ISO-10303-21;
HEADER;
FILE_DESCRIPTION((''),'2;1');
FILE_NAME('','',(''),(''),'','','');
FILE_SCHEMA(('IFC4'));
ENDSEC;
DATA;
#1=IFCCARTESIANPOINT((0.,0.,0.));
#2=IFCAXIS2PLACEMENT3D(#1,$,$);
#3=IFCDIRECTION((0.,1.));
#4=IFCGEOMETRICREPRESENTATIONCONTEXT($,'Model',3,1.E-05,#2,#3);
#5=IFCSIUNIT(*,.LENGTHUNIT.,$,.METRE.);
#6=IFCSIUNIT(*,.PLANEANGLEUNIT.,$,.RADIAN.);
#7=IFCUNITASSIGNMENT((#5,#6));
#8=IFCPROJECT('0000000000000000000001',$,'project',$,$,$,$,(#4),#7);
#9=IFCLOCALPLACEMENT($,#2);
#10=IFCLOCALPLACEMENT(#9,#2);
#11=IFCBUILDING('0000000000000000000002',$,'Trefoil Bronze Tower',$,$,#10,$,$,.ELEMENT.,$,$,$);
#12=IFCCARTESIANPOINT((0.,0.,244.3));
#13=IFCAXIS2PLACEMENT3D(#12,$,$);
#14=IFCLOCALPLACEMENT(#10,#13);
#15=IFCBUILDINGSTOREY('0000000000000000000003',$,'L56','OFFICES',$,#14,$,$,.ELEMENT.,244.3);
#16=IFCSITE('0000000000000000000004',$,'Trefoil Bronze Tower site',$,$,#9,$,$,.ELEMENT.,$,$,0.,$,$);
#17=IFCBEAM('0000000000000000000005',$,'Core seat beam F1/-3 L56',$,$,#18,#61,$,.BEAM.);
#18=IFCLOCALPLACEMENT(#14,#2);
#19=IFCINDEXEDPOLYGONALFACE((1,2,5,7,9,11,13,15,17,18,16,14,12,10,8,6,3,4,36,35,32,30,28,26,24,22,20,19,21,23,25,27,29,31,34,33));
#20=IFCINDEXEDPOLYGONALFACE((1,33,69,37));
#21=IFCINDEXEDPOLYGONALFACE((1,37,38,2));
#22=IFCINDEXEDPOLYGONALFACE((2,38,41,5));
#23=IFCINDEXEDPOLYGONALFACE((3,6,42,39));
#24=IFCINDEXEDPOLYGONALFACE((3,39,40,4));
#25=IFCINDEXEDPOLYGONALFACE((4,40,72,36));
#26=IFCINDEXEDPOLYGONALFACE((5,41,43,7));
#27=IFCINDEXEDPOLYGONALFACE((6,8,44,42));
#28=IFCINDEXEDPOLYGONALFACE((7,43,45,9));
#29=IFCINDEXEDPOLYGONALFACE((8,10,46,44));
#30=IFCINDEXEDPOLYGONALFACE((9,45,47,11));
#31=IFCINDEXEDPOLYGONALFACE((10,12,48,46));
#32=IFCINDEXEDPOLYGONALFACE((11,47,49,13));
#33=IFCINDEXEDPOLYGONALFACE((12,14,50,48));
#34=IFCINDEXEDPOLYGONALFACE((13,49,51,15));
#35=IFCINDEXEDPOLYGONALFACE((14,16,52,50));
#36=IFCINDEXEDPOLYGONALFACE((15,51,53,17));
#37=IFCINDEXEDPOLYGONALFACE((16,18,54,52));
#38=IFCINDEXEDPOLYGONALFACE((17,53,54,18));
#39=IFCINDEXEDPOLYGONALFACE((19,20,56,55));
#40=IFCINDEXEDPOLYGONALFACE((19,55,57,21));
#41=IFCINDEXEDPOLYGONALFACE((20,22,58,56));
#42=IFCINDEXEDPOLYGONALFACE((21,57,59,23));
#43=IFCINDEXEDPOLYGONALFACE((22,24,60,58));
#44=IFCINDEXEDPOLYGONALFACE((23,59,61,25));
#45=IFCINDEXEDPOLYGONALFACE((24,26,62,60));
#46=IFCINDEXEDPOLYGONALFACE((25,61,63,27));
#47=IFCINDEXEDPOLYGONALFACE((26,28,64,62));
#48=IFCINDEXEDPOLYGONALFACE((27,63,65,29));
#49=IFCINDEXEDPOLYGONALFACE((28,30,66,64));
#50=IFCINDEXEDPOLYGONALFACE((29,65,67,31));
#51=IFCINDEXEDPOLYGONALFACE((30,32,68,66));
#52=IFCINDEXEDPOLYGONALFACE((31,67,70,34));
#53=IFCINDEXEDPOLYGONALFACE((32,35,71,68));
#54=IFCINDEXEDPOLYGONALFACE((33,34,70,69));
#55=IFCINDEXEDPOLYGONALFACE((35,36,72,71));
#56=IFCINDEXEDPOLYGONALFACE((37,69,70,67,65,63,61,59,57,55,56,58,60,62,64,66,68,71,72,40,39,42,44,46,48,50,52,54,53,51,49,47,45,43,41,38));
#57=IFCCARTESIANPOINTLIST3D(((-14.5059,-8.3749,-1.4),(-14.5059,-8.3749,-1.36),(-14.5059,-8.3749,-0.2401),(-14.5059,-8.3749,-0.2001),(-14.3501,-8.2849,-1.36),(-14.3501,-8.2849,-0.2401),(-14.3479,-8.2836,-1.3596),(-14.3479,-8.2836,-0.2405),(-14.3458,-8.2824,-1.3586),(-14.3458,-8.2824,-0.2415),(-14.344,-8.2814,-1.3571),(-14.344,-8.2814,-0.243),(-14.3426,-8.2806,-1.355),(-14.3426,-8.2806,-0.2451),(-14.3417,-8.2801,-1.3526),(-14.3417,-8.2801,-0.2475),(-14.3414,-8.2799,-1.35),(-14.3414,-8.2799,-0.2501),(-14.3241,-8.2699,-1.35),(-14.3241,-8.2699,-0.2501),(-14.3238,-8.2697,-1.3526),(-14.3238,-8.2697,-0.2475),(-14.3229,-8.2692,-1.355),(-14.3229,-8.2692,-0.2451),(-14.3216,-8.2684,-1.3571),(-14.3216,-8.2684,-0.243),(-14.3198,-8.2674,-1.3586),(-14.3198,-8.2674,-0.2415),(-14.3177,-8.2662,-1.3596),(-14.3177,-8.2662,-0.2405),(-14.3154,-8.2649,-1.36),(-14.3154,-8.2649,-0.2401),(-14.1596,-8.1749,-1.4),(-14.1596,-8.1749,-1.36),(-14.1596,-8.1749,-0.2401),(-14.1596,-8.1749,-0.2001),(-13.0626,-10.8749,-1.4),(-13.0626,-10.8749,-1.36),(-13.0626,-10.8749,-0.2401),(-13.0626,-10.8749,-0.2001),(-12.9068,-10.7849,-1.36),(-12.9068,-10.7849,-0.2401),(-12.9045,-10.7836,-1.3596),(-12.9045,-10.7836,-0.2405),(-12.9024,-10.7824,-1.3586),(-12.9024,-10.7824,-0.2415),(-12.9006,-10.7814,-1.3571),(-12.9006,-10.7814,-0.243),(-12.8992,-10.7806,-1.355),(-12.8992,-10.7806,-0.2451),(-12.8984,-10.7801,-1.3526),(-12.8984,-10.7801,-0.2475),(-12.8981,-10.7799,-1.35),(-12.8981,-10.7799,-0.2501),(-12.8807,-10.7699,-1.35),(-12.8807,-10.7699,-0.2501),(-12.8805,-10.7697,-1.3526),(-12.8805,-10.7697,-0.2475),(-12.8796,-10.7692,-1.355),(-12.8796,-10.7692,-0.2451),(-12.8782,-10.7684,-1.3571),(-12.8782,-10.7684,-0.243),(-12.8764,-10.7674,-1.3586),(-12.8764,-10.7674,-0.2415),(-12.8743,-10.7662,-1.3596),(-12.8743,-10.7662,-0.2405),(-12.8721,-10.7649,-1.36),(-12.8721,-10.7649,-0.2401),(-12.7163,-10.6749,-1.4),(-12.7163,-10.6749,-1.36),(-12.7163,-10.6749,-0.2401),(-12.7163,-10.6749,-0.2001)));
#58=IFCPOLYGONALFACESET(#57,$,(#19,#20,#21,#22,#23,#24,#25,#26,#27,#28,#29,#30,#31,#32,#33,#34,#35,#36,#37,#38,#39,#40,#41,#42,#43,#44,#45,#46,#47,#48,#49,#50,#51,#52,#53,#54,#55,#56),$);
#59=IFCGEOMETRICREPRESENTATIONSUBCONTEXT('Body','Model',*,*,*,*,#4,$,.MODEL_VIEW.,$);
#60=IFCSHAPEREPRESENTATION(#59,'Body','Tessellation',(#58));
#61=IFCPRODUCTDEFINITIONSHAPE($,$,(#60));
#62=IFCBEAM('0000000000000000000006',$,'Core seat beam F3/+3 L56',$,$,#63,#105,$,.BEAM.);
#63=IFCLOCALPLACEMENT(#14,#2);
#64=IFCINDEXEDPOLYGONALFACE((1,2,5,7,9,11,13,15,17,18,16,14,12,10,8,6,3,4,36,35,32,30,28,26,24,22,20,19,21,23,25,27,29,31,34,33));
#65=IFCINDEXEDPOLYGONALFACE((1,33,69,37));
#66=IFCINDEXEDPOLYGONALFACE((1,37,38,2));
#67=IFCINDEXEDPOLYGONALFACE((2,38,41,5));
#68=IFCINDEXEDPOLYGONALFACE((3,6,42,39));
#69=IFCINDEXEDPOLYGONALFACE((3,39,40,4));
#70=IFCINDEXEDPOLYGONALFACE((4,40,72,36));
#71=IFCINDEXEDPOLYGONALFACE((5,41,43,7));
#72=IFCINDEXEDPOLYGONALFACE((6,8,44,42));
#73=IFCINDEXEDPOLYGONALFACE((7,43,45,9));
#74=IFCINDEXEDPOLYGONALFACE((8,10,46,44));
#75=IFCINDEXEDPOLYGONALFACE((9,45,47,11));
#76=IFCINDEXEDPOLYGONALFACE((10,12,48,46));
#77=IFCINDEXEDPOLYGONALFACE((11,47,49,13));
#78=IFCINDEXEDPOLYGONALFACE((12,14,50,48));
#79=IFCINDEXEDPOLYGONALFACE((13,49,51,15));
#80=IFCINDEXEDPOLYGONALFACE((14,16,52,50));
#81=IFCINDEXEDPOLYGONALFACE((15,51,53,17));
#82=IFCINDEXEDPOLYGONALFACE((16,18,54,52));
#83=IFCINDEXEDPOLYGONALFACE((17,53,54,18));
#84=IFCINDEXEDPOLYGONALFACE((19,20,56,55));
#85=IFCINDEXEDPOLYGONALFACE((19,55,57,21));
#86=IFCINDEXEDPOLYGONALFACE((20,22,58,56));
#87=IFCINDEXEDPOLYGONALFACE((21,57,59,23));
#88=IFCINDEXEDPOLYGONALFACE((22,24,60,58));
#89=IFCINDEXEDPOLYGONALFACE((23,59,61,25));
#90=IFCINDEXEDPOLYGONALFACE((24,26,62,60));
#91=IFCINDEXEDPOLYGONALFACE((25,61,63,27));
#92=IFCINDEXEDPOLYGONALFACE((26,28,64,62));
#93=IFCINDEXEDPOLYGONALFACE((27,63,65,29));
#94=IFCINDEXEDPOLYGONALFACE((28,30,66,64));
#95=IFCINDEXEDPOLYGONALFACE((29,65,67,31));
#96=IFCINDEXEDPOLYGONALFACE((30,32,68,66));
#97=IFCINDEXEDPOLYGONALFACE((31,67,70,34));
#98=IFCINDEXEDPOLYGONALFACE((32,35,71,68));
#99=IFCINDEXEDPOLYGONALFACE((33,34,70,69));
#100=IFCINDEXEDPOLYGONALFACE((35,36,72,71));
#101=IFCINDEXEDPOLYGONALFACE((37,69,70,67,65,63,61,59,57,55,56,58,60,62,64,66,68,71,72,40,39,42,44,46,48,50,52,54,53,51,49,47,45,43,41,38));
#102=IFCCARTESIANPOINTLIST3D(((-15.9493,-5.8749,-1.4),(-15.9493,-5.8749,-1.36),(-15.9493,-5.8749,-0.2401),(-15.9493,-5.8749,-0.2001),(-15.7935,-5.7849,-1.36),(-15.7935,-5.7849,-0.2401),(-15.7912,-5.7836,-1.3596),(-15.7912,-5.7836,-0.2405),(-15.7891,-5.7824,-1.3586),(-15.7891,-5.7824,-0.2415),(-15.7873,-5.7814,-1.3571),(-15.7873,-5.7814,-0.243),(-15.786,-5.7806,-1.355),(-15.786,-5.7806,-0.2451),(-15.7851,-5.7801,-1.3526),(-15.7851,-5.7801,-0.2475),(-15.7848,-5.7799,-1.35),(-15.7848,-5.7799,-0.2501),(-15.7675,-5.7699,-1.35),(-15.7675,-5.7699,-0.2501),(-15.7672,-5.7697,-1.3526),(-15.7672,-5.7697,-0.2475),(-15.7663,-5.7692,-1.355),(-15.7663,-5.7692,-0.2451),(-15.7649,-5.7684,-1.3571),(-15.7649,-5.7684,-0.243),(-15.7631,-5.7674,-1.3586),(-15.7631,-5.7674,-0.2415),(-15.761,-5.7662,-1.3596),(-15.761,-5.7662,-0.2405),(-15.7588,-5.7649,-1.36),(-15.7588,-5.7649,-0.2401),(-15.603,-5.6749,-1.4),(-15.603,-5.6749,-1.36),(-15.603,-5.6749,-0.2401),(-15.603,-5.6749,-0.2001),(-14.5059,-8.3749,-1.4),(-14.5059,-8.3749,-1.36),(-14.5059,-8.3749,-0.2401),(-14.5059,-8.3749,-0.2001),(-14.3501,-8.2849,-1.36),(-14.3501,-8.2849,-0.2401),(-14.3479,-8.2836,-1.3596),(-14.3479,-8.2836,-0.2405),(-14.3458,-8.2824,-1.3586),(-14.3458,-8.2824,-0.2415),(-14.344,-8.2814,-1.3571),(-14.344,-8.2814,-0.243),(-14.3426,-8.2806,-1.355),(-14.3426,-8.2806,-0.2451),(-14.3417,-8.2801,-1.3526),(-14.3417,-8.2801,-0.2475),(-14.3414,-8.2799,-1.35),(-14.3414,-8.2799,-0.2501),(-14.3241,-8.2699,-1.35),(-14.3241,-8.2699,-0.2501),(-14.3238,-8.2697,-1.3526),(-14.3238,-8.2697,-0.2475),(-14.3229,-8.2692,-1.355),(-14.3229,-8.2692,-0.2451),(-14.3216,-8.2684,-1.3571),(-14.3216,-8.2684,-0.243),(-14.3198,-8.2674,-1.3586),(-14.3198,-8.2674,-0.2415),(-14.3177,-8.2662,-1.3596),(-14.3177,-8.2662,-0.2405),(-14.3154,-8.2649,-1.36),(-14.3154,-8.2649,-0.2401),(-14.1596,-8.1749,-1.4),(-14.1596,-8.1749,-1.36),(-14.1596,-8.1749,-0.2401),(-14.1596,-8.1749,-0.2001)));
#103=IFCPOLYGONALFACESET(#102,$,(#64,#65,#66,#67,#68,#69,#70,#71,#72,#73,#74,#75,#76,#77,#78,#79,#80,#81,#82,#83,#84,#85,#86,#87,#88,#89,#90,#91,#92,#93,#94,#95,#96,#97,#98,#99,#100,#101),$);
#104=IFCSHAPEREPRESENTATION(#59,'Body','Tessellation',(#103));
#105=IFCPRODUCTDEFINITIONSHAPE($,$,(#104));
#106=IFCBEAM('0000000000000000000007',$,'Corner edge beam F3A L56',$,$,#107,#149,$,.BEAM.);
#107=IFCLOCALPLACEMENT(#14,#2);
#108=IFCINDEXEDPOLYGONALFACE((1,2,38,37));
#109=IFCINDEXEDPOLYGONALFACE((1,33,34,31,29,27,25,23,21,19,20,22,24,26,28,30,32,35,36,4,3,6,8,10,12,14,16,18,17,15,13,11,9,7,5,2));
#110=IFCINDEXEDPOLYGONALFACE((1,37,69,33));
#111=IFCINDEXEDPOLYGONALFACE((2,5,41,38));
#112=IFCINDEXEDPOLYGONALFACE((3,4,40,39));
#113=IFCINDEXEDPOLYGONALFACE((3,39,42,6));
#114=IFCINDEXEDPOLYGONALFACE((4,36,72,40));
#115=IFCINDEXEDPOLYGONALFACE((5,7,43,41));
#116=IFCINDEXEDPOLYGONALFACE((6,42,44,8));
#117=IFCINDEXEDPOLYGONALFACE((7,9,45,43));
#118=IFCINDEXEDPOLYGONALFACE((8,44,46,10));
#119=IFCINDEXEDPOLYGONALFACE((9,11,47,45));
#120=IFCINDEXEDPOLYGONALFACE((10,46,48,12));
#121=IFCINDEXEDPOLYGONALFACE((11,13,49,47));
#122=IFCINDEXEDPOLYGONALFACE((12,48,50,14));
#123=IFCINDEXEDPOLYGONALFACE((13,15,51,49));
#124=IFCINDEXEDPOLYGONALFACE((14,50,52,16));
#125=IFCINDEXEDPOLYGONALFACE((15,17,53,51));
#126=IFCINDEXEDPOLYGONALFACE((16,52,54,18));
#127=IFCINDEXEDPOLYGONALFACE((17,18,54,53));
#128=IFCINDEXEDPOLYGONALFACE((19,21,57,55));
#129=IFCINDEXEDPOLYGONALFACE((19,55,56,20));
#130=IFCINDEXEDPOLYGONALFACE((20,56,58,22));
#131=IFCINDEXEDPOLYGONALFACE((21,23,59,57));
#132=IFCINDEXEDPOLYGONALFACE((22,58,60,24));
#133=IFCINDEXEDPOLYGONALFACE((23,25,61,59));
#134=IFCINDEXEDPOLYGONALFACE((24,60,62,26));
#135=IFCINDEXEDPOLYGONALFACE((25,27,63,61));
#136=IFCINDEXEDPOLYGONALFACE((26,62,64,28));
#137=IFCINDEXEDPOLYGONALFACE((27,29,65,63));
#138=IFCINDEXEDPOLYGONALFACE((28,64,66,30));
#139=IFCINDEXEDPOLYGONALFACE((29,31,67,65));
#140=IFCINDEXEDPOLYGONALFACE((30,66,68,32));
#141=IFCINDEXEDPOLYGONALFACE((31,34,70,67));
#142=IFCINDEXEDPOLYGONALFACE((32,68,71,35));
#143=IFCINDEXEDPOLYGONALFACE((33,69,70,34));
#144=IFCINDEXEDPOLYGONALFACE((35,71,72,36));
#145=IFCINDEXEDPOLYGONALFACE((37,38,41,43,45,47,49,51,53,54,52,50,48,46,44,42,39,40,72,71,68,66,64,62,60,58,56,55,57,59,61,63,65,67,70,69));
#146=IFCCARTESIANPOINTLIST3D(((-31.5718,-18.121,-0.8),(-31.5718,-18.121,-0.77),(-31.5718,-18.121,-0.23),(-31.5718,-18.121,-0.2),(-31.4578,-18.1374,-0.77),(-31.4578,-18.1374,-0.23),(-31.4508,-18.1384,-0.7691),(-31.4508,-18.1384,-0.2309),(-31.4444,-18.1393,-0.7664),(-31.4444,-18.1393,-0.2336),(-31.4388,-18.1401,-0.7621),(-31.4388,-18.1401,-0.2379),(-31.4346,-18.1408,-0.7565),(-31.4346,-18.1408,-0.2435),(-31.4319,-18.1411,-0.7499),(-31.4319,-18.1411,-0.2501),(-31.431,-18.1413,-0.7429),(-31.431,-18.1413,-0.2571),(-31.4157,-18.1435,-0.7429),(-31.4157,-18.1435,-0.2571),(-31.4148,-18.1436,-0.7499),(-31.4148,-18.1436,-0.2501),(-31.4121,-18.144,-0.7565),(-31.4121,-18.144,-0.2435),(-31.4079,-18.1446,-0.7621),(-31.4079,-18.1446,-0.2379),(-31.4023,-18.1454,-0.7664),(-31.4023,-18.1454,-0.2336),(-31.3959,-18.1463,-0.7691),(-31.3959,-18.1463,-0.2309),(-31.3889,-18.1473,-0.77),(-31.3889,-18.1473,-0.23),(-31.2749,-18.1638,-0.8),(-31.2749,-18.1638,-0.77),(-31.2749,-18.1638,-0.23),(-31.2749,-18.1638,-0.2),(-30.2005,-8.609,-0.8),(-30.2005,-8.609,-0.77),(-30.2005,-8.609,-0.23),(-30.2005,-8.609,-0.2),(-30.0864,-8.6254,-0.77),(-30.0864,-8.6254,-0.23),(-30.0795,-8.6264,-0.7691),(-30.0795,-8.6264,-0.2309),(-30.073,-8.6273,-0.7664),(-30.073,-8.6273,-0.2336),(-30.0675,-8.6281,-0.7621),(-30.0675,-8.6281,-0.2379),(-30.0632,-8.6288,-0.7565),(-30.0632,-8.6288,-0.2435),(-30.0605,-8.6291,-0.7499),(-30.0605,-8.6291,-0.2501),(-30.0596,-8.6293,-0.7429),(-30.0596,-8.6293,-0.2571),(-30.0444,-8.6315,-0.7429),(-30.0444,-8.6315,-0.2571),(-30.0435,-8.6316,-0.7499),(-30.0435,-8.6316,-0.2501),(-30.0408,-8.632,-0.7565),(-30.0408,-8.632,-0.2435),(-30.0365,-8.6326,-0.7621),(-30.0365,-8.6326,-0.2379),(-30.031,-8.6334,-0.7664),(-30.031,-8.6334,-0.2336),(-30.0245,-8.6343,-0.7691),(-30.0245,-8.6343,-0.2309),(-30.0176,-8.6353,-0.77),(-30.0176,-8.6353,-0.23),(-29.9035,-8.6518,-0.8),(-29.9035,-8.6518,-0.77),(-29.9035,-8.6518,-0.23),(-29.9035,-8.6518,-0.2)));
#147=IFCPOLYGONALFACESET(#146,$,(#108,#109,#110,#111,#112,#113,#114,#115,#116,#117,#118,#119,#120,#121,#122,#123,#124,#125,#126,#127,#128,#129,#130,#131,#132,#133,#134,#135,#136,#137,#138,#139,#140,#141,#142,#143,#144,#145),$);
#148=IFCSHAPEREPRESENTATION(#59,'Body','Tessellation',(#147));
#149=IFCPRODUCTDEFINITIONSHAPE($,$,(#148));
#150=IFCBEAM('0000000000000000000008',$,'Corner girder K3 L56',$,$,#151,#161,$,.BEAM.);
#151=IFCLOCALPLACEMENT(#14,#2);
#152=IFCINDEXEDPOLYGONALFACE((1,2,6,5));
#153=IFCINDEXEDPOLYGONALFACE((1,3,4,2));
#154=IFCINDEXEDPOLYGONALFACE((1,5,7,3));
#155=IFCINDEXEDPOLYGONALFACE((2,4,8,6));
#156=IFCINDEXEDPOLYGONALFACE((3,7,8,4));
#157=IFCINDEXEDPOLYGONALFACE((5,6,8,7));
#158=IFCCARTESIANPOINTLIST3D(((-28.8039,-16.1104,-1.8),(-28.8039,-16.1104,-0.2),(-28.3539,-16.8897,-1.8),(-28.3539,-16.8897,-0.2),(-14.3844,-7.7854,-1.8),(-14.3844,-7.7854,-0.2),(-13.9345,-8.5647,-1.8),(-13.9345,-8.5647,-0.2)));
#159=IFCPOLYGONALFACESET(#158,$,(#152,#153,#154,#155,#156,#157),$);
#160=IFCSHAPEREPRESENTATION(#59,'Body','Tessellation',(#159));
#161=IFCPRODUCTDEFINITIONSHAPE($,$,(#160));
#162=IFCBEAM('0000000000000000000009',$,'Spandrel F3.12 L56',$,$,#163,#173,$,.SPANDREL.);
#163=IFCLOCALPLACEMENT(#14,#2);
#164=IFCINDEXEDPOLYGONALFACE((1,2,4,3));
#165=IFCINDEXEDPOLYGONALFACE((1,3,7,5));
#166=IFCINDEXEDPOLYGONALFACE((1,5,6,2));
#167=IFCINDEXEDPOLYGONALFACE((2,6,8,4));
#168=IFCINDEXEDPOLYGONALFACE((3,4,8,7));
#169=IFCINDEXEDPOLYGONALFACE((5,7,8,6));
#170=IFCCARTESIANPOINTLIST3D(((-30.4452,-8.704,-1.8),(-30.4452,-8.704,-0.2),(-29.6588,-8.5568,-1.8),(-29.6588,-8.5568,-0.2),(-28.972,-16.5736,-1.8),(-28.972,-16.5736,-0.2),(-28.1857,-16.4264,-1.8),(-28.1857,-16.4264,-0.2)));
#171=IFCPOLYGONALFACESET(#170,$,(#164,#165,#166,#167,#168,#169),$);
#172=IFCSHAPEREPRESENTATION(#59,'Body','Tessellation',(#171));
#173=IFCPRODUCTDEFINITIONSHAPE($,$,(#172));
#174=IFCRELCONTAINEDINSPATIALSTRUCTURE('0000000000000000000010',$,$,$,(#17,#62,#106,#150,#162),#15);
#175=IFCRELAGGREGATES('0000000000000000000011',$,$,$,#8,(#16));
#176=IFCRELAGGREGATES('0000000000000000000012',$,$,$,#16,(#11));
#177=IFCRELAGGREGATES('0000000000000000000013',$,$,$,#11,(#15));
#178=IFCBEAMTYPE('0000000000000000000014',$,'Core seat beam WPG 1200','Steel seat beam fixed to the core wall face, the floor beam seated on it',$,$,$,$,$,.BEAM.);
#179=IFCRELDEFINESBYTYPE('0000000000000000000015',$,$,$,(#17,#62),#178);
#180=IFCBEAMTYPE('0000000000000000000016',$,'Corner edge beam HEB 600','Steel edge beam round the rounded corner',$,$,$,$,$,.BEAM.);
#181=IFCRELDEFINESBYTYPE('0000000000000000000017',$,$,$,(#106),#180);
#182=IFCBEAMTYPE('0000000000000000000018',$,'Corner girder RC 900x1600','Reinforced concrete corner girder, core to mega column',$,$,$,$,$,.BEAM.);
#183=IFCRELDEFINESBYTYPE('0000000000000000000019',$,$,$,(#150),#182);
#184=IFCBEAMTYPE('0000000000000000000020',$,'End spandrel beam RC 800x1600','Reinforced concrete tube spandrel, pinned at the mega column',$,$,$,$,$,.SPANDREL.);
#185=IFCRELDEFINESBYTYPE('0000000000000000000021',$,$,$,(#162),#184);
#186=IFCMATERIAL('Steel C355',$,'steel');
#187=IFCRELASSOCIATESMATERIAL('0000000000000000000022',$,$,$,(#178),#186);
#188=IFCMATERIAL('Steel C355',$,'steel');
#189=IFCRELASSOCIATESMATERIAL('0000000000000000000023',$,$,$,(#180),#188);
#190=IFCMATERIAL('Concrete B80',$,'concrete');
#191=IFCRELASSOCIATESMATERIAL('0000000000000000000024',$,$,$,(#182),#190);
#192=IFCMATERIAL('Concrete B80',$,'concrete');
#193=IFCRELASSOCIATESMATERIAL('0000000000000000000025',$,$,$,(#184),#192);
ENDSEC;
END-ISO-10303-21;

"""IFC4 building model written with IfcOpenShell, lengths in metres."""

from ifc_helpers import new_model, si_unit, direction, frame, origin, origin_2d, place, context, subcontext, project, spatial, rectangle, i_section, extrude, material, material_profile, profile_set, type_object, element, save


model = new_model("IFC4")

# Units and contexts
model_context = context("Model", 3, precision=1e-05, world=origin(), true_north=direction((0.0, 1.0)))
body_context = subcontext(model_context, "Body", "Model", "MODEL_VIEW")
ifc_project = project(units=[si_unit("LENGTHUNIT", "METRE"), si_unit("PLANEANGLEUNIT", "RADIAN")], contexts=[model_context])

# Site, building, storey
site_placement = place(None, origin())
site = spatial("IfcSite", under=ifc_project, at=site_placement, Name="Trefoil Bronze Tower site", CompositionType="ELEMENT", RefElevation=0.0)
building_placement = place(site_placement, origin())
building = spatial("IfcBuilding", under=site, at=building_placement, Name="Trefoil Bronze Tower", CompositionType="ELEMENT")
storey_placement = place(building_placement, frame((0.0, 0.0, 244.3)))
storey = spatial("IfcBuildingStorey", under=building, at=storey_placement, Name="L56", Description="OFFICES", CompositionType="ELEMENT", Elevation=244.3)

# Beams
ifc_material_1 = material(Name="Steel C355", Category="steel")
ifc_material_profile_1 = material_profile(ifc_material_1, i_section(OverallWidth=0.3999, OverallDepth=1.2, WebThickness=0.02, FlangeThickness=0.04, FilletRadius=0.01, at=origin_2d()), Name="WPG 1200")
ifc_profile_set_1 = profile_set([ifc_material_profile_1], Name="Steel C355")
beam_type_1 = type_object("IfcBeamType", Name="Core seat beam WPG 1200", Description="Steel seat beam fixed to the core wall face, the floor beam seated on it", PredefinedType="BEAM", material=ifc_profile_set_1)
for number, where, z_axis, x_axis, name in (
    (1, (-14.3328, -8.2749, -0.8), (0.499996, -0.866028, 0.0), (0.866028, 0.499996, 0.0), "Core seat beam F1/-3 L56"),
    (2, (-15.7761, -5.7749, -0.8), (0.499996, -0.866028, 0.0), (0.866028, 0.499996, 0.0), "Core seat beam F3/+3 L56"),
):
    element("IfcBeam", number, at=place(storey_placement, frame(where, z_axis=z_axis, x_axis=x_axis)), inside=storey, type_object=beam_type_1, Name=name, PredefinedType="BEAM", context=body_context, shape_type="SweptSolid", body=[
        extrude(i_section(OverallWidth=0.3999, OverallDepth=1.2, WebThickness=0.02, FlangeThickness=0.04, FilletRadius=0.01, at=origin_2d()), origin(), (0.0, 0.0, 1.0), 2.8867),
    ])
ifc_material_2 = material(Name="Steel C355", Category="steel")
ifc_material_profile_2 = material_profile(ifc_material_2, i_section(OverallWidth=0.3, OverallDepth=0.6001, WebThickness=0.0154, FlangeThickness=0.03, FilletRadius=0.0271, at=origin_2d()), Name="HEB 600")
ifc_profile_set_2 = profile_set([ifc_material_profile_2], Name="Steel C355")
beam_type_2 = type_object("IfcBeamType", Name="Corner edge beam HEB 600", Description="Steel edge beam round the rounded corner", PredefinedType="BEAM", material=ifc_profile_set_2)
beam_1_placement = place(storey_placement, frame((-30.052, -8.6304, -0.5), z_axis=(-0.142694, -0.989767, 0.0), x_axis=(0.989767, -0.142694, 0.0)))
element("IfcBeam", 3, at=beam_1_placement, inside=storey, type_object=beam_type_2, Name="Corner edge beam F3A L56", PredefinedType="BEAM", context=body_context, shape_type="SweptSolid", body=[
    extrude(i_section(OverallWidth=0.3, OverallDepth=0.6001, WebThickness=0.0154, FlangeThickness=0.03, FilletRadius=0.0271, at=origin_2d()), origin(), (0.0, 0.0, 1.0), 9.6104),
])
ifc_material_3 = material(Name="Concrete B80", Category="concrete")
ifc_material_profile_3 = material_profile(ifc_material_3, rectangle(XDim=0.8999, YDim=1.6001, at=origin_2d()), Name="RC 900x1600")
ifc_profile_set_3 = profile_set([ifc_material_profile_3], Name="Concrete B80")
beam_type_3 = type_object("IfcBeamType", Name="Corner girder RC 900x1600", Description="Reinforced concrete corner girder, core to mega column", PredefinedType="BEAM", material=ifc_profile_set_3)
beam_2_placement = place(storey_placement, frame((-14.1594, -8.175, -1.0), z_axis=(-0.866028, -0.499995, 0.0), x_axis=(0.499995, -0.866028, 0.0)))
element("IfcBeam", 4, at=beam_2_placement, inside=storey, type_object=beam_type_3, Name="Corner girder K3 L56", PredefinedType="BEAM", context=body_context, shape_type="SweptSolid", body=[
    extrude(rectangle(XDim=0.8999, YDim=1.6001, at=origin_2d()), origin(), (0.0, 0.0, 1.0), 16.6501),
])
ifc_material_4 = material(Name="Concrete B80", Category="concrete")
ifc_material_profile_4 = material_profile(ifc_material_4, rectangle(XDim=0.8, YDim=1.6001, at=origin_2d()), Name="RC 800x1600")
ifc_profile_set_4 = profile_set([ifc_material_profile_4], Name="Concrete B80")
beam_type_4 = type_object("IfcBeamType", Name="End spandrel beam RC 800x1600", Description="Reinforced concrete tube spandrel, pinned at the mega column", PredefinedType="SPANDREL", material=ifc_profile_set_4)
beam_3_placement = place(storey_placement, frame((-30.052, -8.6304, -1.0), z_axis=(0.183998, -0.982927, 0.0), x_axis=(0.982927, 0.183998, 0.0)))
element("IfcBeam", 5, at=beam_3_placement, inside=storey, type_object=beam_type_4, Name="Spandrel F3.12 L56", PredefinedType="SPANDREL", context=body_context, shape_type="SweptSolid", body=[
    extrude(rectangle(XDim=0.8, YDim=1.6001, at=origin_2d()), origin(), (0.0, 0.0, 1.0), 8.0063),
])

save(model, "model.ifc")
